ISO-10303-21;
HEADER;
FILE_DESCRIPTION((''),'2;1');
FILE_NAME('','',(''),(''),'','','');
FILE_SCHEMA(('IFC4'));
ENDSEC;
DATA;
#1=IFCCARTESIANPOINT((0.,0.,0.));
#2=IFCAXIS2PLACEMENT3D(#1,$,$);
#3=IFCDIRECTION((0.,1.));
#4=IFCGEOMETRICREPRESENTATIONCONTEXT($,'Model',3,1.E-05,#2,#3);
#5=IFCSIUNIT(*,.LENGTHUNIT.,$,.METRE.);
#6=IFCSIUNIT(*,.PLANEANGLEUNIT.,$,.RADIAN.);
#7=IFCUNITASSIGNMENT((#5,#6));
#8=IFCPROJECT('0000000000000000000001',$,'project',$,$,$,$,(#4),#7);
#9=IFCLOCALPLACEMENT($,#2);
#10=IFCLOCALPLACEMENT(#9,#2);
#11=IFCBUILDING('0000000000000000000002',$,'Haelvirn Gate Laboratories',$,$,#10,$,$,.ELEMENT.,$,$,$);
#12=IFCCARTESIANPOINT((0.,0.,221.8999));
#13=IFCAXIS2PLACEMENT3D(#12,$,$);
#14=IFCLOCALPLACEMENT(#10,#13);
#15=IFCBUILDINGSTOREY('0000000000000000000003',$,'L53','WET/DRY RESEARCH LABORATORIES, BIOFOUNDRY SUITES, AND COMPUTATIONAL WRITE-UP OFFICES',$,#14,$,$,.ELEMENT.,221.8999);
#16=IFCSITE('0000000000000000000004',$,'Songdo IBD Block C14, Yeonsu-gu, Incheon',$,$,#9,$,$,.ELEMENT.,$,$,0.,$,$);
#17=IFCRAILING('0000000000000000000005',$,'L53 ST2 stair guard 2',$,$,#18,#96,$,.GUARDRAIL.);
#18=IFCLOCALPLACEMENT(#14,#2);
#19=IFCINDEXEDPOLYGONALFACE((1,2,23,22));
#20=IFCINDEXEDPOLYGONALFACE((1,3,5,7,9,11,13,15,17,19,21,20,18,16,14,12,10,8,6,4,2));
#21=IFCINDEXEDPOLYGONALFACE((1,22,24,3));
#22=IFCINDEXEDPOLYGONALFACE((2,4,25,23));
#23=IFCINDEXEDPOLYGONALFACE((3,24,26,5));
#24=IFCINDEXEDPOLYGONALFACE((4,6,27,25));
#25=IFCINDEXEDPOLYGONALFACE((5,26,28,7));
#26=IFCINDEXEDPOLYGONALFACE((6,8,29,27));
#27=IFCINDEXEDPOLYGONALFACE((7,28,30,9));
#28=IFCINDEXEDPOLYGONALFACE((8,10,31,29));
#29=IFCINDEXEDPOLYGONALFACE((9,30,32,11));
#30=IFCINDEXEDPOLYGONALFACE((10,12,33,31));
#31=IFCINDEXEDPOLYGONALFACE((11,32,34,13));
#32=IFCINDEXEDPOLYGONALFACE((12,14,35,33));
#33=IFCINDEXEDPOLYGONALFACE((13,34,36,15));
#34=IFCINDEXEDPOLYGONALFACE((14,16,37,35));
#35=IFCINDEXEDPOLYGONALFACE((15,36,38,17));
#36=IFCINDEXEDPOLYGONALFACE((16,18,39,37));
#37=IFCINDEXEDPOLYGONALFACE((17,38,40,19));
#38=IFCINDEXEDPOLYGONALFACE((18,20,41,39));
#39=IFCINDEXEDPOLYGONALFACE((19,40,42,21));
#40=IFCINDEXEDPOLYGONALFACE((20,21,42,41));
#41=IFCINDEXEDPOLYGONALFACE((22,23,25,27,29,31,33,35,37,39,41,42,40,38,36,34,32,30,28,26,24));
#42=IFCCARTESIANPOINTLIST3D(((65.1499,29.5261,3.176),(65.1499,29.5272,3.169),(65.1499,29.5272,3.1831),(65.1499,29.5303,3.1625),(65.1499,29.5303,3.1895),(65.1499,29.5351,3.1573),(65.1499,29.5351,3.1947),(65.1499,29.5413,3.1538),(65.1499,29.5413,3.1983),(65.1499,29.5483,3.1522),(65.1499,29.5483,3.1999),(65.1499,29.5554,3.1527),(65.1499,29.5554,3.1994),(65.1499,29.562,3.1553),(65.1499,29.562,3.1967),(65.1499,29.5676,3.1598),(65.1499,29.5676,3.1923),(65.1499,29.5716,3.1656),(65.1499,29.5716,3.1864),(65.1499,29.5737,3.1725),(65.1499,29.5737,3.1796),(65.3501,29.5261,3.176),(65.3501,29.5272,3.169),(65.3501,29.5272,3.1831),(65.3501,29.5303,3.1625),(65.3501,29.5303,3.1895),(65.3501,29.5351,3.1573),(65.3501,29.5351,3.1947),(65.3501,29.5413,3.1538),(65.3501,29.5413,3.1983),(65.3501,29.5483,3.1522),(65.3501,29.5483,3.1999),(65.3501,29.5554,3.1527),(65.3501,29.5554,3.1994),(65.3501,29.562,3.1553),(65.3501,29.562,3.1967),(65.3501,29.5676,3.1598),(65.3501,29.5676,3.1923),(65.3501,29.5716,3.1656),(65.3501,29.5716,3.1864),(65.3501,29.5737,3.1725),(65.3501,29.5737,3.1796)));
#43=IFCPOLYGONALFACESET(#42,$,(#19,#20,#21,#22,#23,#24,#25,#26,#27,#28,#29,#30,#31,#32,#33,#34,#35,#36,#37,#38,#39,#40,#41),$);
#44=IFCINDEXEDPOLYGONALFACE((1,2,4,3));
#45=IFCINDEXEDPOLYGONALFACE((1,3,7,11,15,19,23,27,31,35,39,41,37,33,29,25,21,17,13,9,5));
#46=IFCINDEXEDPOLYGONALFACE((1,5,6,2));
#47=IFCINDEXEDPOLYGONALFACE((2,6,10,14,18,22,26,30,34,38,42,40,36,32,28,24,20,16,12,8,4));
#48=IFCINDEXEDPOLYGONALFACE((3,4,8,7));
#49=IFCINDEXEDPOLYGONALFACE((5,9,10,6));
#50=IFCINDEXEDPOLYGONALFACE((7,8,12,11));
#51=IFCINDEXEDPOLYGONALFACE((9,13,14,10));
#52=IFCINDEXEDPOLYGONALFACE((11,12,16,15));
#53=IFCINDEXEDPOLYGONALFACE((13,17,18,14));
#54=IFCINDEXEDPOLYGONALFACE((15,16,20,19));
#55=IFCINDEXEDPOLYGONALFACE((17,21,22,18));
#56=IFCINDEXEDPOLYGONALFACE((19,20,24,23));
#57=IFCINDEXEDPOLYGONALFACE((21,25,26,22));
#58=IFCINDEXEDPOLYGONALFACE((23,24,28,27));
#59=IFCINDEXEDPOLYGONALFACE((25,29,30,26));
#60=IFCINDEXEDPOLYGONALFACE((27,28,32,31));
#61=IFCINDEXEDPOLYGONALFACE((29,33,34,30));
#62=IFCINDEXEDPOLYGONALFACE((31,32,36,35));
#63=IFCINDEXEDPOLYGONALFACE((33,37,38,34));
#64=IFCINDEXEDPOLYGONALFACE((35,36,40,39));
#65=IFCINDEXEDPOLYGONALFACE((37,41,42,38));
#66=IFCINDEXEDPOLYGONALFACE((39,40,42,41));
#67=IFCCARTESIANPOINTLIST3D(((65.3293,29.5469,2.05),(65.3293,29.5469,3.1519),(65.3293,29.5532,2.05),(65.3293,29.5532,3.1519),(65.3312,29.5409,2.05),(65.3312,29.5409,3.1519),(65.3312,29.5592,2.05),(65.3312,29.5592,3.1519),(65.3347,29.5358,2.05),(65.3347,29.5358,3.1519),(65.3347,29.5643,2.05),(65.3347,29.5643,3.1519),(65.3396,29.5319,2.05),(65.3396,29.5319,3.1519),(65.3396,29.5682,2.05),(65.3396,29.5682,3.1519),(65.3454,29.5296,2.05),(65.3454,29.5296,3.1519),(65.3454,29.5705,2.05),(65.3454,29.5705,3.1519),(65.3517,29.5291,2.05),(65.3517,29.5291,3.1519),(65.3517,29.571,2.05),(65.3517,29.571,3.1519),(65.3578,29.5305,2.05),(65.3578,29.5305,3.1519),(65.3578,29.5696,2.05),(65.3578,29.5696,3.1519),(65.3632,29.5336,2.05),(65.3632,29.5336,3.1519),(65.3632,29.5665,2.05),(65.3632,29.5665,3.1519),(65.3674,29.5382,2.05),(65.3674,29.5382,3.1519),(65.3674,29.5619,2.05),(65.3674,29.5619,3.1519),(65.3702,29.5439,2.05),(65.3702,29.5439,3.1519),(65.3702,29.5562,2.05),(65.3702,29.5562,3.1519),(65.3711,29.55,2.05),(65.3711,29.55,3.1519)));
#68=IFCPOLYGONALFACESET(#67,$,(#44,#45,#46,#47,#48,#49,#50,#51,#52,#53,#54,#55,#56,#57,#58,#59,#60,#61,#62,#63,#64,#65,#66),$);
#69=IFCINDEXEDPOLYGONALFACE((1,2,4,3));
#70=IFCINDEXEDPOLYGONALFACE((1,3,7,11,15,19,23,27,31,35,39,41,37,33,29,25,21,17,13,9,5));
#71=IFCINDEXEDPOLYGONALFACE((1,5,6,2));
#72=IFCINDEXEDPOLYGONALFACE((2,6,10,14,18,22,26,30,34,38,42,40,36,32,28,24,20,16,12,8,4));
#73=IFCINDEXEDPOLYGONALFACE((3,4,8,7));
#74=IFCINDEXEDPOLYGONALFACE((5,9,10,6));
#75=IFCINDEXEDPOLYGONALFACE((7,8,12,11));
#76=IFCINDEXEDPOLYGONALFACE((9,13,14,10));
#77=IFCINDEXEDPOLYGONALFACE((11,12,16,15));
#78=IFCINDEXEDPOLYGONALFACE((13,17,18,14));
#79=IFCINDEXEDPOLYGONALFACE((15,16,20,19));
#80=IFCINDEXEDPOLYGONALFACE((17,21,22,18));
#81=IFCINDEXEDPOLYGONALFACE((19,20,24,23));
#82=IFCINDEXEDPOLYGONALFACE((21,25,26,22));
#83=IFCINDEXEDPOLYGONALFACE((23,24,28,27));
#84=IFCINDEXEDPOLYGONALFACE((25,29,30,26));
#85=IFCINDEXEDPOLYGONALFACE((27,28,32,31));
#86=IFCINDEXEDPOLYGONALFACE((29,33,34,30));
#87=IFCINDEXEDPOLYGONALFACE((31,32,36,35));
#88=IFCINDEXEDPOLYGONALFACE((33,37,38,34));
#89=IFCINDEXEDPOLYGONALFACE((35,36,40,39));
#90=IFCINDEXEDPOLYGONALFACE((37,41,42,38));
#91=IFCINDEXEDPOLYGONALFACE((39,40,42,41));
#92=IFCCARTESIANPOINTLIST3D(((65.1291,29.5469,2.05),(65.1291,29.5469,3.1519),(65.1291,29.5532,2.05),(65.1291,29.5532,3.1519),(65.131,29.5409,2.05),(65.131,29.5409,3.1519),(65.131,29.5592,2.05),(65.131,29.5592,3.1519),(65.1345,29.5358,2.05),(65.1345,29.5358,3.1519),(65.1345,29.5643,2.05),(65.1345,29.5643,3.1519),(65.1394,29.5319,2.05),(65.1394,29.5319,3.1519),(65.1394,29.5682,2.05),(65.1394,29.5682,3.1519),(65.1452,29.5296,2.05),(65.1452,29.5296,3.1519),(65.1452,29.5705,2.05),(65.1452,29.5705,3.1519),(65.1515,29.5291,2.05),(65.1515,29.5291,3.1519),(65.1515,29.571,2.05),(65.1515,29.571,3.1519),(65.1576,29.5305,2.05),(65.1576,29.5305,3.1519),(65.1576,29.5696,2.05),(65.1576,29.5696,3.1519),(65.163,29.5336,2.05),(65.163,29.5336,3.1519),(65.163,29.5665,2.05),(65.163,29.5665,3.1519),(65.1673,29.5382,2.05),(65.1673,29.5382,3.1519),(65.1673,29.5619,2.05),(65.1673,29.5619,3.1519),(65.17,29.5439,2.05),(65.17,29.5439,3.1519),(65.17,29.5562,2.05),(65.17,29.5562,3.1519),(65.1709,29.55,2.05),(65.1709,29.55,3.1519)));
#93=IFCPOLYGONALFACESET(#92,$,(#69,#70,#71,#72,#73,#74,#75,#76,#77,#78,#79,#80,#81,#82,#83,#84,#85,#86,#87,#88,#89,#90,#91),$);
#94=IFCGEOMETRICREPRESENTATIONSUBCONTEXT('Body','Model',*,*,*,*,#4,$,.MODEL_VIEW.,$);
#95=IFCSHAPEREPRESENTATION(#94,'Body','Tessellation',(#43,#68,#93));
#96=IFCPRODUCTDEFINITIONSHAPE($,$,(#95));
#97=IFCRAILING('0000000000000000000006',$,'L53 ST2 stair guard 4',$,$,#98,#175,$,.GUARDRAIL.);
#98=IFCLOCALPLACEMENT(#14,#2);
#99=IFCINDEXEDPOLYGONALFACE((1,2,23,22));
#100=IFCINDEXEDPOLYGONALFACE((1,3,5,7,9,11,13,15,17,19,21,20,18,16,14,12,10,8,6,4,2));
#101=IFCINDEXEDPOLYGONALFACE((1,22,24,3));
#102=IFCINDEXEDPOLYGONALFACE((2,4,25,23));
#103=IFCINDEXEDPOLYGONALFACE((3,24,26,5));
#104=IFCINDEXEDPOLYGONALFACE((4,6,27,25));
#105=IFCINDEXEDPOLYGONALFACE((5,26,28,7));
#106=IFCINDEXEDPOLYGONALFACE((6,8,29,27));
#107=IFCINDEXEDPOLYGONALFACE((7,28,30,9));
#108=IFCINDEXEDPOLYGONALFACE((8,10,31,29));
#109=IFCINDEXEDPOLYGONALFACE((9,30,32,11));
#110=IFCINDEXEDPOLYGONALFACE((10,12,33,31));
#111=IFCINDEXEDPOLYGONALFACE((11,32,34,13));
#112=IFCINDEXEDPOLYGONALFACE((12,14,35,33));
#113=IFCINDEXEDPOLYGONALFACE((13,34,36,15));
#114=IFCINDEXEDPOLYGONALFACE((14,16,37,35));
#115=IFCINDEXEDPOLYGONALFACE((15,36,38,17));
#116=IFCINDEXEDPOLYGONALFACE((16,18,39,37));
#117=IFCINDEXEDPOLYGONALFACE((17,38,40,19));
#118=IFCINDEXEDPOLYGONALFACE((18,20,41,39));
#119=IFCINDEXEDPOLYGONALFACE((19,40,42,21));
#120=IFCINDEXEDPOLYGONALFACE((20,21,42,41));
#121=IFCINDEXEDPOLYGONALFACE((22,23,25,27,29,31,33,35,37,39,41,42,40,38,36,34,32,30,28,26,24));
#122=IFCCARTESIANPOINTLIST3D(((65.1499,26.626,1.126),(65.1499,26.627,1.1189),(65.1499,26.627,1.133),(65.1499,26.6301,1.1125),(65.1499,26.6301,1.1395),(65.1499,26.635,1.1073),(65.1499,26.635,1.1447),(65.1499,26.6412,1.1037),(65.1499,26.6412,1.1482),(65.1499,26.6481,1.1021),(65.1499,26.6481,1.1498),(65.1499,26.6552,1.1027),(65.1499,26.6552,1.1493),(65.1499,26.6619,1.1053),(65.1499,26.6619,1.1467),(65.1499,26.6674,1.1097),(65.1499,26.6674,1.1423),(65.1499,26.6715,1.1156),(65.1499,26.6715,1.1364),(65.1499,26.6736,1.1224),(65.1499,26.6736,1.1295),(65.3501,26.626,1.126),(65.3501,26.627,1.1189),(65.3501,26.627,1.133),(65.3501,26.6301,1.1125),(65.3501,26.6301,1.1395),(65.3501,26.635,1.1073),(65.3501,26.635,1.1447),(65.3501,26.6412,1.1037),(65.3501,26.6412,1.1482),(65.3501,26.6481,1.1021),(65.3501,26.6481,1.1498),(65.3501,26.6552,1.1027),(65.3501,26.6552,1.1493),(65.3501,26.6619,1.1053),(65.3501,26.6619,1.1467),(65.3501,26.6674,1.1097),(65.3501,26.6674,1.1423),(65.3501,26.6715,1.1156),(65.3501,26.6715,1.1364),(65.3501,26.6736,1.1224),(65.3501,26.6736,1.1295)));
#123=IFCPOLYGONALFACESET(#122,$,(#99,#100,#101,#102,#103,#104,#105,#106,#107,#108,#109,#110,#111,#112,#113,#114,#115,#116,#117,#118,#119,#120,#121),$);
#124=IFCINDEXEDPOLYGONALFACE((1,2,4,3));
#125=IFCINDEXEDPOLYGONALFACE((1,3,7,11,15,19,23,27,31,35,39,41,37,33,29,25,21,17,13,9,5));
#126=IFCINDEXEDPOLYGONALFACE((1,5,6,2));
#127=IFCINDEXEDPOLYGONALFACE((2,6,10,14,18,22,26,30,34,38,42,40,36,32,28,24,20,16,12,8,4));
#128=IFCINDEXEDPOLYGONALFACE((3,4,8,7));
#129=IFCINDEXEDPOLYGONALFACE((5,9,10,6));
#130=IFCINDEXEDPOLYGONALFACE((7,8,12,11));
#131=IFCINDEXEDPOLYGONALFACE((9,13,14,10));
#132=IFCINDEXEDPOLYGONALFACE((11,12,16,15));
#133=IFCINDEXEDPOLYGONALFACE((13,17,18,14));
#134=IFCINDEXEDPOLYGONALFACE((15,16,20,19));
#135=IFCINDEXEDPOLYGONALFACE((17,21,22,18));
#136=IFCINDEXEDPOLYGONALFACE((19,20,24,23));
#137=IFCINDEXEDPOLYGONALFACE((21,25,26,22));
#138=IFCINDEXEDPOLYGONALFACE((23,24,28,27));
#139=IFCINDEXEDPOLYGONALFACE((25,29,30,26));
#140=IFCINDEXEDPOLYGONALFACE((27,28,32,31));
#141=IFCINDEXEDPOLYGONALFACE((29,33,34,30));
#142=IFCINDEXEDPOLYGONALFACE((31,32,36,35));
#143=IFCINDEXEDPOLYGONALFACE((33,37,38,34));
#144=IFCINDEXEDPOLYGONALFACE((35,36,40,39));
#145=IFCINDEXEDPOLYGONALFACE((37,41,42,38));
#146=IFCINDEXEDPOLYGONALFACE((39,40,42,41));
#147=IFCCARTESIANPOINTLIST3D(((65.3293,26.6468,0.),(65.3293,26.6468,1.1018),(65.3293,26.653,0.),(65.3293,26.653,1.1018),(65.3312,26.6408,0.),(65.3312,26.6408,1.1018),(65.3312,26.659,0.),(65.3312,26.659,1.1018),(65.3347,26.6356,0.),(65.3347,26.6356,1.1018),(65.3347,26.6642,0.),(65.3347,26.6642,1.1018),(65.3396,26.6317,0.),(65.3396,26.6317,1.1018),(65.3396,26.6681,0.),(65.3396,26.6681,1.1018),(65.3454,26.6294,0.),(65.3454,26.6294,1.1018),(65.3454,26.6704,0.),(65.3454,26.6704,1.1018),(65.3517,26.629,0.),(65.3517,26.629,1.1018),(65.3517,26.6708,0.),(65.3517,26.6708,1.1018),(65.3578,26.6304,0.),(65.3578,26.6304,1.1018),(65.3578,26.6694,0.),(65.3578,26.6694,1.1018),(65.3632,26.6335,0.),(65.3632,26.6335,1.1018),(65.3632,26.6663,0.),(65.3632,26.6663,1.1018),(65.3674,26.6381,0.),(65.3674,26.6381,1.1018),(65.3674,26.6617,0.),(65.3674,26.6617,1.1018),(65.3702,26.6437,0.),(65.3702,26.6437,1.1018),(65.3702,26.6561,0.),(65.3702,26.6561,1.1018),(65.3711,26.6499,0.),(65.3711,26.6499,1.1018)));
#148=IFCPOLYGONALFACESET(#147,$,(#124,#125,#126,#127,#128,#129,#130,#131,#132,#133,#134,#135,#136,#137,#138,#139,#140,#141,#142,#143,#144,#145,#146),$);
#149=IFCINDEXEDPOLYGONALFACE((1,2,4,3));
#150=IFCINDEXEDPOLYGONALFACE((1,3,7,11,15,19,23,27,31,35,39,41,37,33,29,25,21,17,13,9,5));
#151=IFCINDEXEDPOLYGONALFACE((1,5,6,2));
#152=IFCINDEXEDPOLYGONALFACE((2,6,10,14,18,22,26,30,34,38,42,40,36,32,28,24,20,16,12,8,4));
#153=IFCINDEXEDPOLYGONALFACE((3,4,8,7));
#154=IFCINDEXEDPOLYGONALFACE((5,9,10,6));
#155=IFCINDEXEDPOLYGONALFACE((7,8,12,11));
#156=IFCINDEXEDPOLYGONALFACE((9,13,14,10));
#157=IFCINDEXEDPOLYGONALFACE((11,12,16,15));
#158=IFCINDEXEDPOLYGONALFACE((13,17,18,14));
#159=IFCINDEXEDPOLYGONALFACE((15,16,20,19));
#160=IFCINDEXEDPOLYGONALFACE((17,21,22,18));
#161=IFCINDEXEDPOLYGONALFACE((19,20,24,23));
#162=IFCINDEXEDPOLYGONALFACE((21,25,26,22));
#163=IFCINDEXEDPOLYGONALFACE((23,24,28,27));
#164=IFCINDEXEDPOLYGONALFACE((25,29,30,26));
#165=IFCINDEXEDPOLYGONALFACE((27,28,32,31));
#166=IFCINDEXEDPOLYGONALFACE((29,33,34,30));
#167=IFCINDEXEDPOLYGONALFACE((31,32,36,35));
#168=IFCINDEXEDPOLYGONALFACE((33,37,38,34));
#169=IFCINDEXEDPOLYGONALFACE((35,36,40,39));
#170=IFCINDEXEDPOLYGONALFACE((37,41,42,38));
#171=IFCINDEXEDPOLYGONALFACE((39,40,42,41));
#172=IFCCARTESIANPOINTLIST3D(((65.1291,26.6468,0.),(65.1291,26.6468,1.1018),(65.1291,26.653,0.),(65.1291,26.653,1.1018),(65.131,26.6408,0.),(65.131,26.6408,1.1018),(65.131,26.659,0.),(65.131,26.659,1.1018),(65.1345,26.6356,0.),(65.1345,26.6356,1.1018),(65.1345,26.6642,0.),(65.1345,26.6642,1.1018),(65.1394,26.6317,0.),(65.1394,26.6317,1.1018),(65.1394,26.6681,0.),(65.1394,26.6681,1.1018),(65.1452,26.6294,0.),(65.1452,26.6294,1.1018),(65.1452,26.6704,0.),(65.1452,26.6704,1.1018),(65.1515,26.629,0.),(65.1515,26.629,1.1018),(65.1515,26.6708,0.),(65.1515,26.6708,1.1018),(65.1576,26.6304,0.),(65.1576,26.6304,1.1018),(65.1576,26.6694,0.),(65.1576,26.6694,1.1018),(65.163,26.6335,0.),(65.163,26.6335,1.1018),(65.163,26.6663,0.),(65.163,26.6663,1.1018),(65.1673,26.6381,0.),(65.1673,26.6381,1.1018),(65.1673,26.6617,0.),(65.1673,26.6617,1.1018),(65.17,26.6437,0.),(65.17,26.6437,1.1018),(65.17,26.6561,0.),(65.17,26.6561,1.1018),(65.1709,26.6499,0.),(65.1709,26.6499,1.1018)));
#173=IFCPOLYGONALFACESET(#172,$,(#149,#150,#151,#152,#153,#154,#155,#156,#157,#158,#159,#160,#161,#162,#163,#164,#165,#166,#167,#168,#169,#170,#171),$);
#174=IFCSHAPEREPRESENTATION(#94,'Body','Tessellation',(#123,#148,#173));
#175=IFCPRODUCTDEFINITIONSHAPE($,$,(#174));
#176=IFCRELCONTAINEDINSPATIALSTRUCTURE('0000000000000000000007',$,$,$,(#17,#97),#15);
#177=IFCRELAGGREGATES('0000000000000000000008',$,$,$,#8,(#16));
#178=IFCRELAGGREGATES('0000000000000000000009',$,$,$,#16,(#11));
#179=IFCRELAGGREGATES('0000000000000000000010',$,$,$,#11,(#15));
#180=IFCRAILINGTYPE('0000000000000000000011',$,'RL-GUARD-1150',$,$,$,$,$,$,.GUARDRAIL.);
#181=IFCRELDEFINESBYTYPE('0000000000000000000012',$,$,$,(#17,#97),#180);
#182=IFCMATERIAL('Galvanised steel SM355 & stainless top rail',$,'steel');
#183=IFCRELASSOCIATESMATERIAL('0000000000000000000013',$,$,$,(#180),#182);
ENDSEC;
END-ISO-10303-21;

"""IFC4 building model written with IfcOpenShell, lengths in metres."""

from ifc_helpers import new_model, si_unit, direction, frame, origin, origin_2d, place, context, subcontext, project, spatial, circle, extrude, source, transform, mapped, material, type_object, element, save


model = new_model("IFC4")

# Units and contexts
model_context = context("Model", 3, precision=1e-05, world=origin(), true_north=direction((0.0, 1.0)))
body_context = subcontext(model_context, "Body", "Model", "MODEL_VIEW")
ifc_project = project(units=[si_unit("LENGTHUNIT", "METRE"), si_unit("PLANEANGLEUNIT", "RADIAN")], contexts=[model_context])

# Site, building, storey
site_placement = place(None, origin())
site = spatial("IfcSite", under=ifc_project, at=site_placement, Name="Songdo IBD Block C14, Yeonsu-gu, Incheon", CompositionType="ELEMENT", RefElevation=0.0)
building_placement = place(site_placement, origin())
building = spatial("IfcBuilding", under=site, at=building_placement, Name="Haelvirn Gate Laboratories", CompositionType="ELEMENT")
storey_placement = place(building_placement, frame((0.0, 0.0, 221.8999)))
storey = spatial("IfcBuildingStorey", under=building, at=storey_placement, Name="L53", Description="WET/DRY RESEARCH LABORATORIES, BIOFOUNDRY SUITES, AND COMPUTATIONAL WRITE-UP OFFICES", CompositionType="ELEMENT", Elevation=221.8999)

# Railings
ifc_material_1 = material(Name="Galvanised steel SM355 & stainless top rail", Category="steel")
railing_type_1 = type_object("IfcRailingType", Name="RL-GUARD-1150", PredefinedType="GUARDRAIL", material=ifc_material_1)
shared_shape_1 = source(origin(), body_context, "Body", "SweptSolid", [
    extrude(circle(Radius=0.0239, at=origin_2d()), frame((0.0, 0.0, 1.126), z_axis=(-1.0, 0.0, 0.0), x_axis=(0.0, -1.0, 0.0)), (0.0, 0.0, 1.0), 0.2002),
    extrude(circle(Radius=0.021, at=origin_2d()), origin(), (0.0, 0.0, 1.0), 1.1018),
    extrude(circle(Radius=0.021, at=origin_2d()), frame((-0.2002, 0.0, 0.0)), (0.0, 0.0, 1.0), 1.1018),
])
for number, where, name in (
    (1, (65.3501, 29.55, 2.05), "L53 ST2 stair guard 2"),
    (2, (65.3501, 26.6499, 0.0), "L53 ST2 stair guard 4"),
):
    element("IfcRailing", number, at=place(storey_placement, frame(where)), inside=storey, type_object=railing_type_1, Name=name, PredefinedType="GUARDRAIL", context=body_context, shape_type="MappedRepresentation", body=[
        mapped(shared_shape_1, transform((0.0, 0.0, 0.0), scale=1.0)),
    ])

save(model, "model.ifc")
